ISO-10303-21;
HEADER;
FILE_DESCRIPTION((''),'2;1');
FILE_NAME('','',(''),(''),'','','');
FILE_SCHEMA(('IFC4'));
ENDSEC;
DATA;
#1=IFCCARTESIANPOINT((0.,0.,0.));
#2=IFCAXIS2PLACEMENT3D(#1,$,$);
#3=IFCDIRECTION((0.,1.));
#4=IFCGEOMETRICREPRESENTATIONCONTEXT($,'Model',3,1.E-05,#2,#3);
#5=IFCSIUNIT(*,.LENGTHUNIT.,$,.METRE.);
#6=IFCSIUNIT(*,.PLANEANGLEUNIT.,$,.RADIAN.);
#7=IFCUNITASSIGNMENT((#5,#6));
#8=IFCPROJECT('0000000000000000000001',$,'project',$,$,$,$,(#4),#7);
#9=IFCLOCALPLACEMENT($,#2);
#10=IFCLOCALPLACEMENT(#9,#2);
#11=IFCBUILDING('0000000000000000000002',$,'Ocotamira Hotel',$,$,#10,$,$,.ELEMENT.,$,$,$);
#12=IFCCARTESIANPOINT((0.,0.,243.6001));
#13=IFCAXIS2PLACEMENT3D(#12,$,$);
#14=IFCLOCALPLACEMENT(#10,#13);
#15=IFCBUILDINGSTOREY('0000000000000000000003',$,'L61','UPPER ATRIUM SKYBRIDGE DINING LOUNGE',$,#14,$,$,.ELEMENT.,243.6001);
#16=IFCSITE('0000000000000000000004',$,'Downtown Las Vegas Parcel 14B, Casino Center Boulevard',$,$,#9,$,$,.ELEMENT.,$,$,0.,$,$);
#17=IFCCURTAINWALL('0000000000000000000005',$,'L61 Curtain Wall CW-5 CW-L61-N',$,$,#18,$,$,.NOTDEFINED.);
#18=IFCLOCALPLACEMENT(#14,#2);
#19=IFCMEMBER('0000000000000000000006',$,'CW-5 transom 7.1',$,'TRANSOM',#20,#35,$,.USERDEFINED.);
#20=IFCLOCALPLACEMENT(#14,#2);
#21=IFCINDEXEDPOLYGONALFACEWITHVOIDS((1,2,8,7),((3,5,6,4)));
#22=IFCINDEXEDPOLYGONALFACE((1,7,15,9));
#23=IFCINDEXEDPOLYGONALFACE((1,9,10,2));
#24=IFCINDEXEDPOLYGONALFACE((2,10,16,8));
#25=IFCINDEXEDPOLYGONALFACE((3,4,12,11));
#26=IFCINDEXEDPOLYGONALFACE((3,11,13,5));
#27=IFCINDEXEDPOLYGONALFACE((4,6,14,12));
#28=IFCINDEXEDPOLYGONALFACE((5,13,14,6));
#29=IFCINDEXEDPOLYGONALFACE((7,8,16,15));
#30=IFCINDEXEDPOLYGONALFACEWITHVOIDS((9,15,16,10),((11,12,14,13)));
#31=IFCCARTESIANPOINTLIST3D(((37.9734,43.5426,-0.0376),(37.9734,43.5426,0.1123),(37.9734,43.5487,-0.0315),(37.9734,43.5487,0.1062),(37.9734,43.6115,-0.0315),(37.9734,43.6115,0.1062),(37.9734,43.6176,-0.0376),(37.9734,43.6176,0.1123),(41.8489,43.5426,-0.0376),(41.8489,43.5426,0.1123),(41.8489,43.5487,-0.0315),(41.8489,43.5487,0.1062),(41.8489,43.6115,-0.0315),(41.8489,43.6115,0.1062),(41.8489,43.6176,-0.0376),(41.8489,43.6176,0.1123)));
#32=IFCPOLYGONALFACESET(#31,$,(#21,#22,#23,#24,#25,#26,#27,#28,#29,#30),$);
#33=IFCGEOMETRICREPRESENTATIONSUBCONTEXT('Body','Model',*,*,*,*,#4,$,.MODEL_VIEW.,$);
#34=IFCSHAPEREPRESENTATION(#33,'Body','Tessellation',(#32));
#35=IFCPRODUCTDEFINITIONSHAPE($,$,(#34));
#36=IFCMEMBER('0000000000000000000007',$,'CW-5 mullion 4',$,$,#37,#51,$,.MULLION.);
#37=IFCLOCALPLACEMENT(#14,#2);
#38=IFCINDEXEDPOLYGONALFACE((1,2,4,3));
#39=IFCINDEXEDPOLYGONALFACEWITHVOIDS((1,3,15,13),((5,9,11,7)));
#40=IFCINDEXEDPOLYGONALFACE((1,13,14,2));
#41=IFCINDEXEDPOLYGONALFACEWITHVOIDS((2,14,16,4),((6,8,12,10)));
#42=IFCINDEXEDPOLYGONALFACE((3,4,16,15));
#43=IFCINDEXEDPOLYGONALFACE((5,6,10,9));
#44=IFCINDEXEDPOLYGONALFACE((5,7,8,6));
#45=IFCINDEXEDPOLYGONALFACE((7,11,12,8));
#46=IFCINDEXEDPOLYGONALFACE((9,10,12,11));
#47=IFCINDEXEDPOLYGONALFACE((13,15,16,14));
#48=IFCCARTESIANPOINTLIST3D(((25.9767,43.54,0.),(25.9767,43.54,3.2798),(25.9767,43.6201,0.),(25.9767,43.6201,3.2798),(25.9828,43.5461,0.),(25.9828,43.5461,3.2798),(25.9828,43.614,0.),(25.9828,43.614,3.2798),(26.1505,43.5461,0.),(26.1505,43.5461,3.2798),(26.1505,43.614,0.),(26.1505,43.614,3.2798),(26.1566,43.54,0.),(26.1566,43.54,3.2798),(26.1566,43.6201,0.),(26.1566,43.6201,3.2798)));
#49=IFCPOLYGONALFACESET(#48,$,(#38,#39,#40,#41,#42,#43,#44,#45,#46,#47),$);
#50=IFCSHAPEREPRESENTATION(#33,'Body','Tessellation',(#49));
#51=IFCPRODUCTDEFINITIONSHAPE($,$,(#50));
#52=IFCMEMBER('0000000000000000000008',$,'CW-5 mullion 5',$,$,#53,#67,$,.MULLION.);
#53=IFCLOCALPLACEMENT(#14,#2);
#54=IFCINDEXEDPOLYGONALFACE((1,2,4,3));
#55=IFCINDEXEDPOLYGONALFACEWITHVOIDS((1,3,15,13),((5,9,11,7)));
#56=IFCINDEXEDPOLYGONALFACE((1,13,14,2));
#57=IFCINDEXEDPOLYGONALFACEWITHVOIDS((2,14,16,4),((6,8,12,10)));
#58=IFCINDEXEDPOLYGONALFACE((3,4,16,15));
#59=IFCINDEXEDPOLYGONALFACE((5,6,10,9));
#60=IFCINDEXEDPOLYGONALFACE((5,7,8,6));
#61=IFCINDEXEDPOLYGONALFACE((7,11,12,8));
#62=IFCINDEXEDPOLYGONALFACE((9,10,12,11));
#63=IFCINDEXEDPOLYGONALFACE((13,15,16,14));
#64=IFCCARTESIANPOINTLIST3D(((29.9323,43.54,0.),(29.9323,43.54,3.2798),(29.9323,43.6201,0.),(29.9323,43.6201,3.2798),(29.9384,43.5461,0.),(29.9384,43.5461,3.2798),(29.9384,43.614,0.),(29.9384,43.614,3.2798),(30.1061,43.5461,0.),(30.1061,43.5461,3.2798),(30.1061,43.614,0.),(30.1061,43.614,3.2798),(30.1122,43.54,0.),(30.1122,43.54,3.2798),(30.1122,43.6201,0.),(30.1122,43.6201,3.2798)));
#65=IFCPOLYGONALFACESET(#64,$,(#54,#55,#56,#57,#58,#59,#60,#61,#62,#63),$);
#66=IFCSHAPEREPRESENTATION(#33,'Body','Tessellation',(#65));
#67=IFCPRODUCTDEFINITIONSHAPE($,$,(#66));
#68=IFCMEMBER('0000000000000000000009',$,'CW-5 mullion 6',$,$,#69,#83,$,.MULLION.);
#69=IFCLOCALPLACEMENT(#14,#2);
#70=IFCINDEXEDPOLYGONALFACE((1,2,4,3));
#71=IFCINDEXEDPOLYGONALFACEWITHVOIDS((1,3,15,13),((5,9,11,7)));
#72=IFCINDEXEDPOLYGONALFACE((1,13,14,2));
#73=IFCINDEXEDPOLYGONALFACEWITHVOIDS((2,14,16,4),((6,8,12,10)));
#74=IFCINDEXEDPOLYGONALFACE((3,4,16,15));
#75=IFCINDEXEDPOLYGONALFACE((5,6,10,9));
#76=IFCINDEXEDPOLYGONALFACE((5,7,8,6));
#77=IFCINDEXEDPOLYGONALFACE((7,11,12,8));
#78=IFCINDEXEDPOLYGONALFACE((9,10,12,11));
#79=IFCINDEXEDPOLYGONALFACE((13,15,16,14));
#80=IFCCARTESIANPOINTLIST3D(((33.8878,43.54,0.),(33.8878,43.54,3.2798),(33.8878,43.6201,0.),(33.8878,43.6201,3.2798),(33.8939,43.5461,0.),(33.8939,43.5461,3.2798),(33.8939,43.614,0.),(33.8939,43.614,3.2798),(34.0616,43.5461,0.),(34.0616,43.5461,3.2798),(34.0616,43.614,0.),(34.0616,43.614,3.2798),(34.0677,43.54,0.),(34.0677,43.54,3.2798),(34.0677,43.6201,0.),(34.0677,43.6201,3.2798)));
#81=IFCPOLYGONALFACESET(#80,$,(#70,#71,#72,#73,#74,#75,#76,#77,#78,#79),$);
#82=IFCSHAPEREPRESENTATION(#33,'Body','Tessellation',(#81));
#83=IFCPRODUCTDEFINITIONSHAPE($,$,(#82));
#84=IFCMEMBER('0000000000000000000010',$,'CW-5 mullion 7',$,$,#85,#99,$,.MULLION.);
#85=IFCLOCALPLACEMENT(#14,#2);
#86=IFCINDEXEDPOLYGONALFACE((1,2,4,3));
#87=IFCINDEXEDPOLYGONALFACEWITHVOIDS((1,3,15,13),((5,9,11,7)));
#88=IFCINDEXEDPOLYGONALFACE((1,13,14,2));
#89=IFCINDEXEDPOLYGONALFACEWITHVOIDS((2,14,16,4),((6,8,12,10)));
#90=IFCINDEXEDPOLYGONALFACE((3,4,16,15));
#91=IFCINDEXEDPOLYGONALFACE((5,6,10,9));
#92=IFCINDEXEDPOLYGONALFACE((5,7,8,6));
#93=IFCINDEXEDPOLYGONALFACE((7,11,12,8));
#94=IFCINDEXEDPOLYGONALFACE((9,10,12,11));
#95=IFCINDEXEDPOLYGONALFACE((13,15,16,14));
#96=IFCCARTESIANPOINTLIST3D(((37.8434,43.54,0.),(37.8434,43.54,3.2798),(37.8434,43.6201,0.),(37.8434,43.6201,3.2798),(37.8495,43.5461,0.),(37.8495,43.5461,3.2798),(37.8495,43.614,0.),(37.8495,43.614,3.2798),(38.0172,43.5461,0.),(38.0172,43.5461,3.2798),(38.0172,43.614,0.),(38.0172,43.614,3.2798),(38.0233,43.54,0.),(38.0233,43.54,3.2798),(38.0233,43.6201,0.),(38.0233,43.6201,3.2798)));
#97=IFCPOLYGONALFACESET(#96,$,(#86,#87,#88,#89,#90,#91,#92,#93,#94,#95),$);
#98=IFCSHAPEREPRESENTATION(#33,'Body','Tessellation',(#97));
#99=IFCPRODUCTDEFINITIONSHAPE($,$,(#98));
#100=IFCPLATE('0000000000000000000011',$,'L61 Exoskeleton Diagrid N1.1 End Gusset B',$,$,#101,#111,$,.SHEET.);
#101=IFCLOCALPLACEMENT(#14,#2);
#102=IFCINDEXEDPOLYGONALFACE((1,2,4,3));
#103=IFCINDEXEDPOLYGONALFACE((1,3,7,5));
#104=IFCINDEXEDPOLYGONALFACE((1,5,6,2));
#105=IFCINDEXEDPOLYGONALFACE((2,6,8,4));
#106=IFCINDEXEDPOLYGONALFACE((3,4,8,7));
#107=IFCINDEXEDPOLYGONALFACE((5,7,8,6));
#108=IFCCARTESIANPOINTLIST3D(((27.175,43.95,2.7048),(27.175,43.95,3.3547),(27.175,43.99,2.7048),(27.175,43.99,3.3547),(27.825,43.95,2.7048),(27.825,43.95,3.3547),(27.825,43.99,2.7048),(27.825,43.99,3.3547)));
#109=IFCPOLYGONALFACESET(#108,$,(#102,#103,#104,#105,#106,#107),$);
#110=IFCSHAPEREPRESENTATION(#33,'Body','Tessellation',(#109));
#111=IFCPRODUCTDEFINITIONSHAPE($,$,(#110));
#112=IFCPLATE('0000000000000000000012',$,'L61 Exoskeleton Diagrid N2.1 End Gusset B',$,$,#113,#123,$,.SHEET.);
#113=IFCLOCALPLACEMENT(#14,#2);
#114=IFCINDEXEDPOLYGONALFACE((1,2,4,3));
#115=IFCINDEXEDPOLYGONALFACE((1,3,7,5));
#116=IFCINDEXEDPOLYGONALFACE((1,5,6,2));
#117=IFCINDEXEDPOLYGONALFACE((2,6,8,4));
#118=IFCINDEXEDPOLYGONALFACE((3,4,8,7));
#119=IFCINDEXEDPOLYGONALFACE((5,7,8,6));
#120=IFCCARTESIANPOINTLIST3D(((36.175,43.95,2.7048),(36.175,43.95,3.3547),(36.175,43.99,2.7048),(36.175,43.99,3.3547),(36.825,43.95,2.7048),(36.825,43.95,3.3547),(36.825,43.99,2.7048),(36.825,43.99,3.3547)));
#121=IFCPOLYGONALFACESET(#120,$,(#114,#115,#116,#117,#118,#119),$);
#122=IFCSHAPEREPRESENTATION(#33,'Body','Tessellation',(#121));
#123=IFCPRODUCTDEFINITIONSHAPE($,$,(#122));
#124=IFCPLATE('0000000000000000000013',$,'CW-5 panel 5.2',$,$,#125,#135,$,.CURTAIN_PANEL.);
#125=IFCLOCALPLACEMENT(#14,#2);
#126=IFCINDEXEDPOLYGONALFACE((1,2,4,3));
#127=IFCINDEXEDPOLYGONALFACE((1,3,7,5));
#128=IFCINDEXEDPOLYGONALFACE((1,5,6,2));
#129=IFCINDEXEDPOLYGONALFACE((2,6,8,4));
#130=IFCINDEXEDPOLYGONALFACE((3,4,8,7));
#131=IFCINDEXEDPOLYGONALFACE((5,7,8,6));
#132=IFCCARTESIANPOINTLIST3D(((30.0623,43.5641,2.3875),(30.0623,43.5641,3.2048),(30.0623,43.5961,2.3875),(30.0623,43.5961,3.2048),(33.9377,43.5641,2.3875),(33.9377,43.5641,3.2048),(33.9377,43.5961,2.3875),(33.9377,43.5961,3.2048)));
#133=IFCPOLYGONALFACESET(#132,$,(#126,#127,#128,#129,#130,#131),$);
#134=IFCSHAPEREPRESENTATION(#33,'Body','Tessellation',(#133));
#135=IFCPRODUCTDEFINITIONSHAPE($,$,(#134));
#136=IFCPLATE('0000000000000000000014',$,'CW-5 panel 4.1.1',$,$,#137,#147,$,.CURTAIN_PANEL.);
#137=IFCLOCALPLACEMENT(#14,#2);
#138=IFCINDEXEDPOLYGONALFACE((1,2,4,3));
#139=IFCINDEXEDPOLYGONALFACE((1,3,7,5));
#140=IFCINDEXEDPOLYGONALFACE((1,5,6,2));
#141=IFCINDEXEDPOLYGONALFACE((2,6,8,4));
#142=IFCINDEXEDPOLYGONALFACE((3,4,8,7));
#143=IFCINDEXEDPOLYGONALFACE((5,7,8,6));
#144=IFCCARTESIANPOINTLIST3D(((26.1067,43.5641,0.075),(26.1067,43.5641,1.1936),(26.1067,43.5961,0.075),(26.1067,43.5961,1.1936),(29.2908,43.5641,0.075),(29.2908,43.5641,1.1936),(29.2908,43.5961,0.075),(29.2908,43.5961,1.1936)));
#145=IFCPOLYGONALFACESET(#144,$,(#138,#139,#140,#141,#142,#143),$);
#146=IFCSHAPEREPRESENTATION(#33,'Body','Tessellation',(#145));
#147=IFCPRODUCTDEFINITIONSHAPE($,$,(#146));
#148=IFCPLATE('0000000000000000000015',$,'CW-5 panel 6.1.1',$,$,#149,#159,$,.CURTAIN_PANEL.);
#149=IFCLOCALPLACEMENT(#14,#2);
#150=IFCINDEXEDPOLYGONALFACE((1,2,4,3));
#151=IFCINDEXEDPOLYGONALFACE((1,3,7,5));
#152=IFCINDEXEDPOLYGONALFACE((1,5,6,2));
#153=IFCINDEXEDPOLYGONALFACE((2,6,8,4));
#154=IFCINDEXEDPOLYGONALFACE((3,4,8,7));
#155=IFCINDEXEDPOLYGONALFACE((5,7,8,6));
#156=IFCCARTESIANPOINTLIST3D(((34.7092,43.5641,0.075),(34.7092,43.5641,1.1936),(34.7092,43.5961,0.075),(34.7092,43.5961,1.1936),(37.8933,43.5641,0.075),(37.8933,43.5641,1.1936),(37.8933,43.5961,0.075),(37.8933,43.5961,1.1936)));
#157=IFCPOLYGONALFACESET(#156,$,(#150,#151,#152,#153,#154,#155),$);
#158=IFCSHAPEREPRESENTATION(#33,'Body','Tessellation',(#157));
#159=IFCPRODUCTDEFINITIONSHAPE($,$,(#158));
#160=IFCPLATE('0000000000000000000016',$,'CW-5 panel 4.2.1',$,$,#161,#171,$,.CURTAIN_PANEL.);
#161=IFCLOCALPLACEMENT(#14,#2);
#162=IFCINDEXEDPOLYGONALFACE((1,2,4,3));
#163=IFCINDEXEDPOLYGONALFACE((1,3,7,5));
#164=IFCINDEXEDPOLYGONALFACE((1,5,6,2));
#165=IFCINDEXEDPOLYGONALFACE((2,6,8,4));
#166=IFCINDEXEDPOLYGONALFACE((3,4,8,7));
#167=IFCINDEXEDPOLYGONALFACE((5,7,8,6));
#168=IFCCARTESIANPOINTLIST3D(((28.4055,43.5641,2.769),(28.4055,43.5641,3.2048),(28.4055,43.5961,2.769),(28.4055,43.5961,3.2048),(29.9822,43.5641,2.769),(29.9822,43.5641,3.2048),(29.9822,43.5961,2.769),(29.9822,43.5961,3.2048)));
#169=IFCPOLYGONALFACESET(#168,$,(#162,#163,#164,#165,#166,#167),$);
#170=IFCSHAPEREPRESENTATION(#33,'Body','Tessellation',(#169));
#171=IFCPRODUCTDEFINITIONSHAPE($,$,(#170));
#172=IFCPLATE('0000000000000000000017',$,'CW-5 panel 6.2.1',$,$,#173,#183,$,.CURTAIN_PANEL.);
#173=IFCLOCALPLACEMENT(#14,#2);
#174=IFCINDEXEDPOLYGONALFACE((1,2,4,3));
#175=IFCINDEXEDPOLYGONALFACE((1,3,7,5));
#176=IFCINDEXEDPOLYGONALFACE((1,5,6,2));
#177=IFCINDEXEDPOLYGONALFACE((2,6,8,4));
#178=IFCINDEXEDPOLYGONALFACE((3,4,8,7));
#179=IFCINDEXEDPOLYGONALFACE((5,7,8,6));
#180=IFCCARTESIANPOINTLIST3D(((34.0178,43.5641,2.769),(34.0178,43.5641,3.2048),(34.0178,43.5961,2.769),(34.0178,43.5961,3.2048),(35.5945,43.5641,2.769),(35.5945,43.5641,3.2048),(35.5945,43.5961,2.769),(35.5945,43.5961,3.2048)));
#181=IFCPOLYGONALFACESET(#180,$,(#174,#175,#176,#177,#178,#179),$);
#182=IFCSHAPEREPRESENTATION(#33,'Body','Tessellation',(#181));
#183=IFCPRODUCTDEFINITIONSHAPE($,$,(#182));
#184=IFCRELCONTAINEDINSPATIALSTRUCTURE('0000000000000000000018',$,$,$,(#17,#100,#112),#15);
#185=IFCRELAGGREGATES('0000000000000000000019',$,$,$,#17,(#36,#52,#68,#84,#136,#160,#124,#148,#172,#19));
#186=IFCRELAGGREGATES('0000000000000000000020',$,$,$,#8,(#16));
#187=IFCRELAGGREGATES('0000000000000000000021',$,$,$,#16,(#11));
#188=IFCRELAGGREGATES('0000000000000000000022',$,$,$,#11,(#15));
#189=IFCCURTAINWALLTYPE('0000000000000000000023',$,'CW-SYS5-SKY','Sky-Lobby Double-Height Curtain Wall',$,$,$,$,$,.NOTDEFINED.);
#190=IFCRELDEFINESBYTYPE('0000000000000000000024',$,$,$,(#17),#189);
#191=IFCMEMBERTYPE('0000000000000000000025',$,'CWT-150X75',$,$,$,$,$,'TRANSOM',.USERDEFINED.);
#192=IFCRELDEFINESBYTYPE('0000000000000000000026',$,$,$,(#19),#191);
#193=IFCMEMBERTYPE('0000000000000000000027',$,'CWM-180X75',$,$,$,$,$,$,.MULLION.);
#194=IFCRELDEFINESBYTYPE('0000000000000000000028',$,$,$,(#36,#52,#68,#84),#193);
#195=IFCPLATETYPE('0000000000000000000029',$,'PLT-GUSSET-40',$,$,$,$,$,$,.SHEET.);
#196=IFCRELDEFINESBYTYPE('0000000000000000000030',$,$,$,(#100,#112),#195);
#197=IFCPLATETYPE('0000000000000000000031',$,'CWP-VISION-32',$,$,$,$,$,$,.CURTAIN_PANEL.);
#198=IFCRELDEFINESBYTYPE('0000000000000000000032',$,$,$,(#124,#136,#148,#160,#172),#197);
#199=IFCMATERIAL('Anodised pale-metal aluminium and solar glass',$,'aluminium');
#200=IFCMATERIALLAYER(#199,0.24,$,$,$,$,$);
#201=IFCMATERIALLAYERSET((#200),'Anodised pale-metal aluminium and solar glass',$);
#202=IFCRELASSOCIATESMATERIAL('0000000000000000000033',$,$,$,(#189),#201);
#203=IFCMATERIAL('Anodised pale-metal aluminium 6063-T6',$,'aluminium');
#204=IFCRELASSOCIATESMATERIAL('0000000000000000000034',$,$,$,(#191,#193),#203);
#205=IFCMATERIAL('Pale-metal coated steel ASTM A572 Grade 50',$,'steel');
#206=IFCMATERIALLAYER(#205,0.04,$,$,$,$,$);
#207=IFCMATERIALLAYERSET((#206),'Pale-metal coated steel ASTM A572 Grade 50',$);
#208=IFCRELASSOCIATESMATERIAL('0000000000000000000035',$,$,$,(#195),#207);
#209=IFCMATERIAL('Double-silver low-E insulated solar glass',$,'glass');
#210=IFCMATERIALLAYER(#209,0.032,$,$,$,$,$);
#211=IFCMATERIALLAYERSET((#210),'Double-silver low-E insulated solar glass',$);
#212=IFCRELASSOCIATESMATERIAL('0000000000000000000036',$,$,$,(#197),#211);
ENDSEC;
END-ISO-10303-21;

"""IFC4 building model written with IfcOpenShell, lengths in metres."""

from ifc_helpers import new_model, si_unit, direction, frame, origin, origin_2d, place, context, subcontext, project, spatial, rectangle, hollow_rectangle, extrude, source, transform, mapped, material, layer, layer_set, material_profile, profile_set, type_object, element, aggregate, save


model = new_model("IFC4")

# Units and contexts
model_context = context("Model", 3, precision=1e-05, world=origin(), true_north=direction((0.0, 1.0)))
body_context = subcontext(model_context, "Body", "Model", "MODEL_VIEW")
ifc_project = project(units=[si_unit("LENGTHUNIT", "METRE"), si_unit("PLANEANGLEUNIT", "RADIAN")], contexts=[model_context])

# Site, building, storey
site_placement = place(None, origin())
site = spatial("IfcSite", under=ifc_project, at=site_placement, Name="Downtown Las Vegas Parcel 14B, Casino Center Boulevard", CompositionType="ELEMENT", RefElevation=0.0)
building_placement = place(site_placement, origin())
building = spatial("IfcBuilding", under=site, at=building_placement, Name="Ocotamira Hotel", CompositionType="ELEMENT")
storey_placement = place(building_placement, frame((0.0, 0.0, 243.6001)))
storey = spatial("IfcBuildingStorey", under=building, at=storey_placement, Name="L61", Description="UPPER ATRIUM SKYBRIDGE DINING LOUNGE", CompositionType="ELEMENT", Elevation=243.6001)

# Curtain wall, members
ifc_material_1 = material(Name="Anodised pale-metal aluminium and solar glass", Category="aluminium")
ifc_layer_1 = layer(ifc_material_1, 0.24)
ifc_layer_set_1 = layer_set([ifc_layer_1], Name="Anodised pale-metal aluminium and solar glass")
curtain_wall_type = type_object("IfcCurtainWallType", Name="CW-SYS5-SKY", Description="Sky-Lobby Double-Height Curtain Wall", PredefinedType="NOTDEFINED", material=ifc_layer_set_1)
curtain_wall_placement = place(storey_placement, origin())
curtain_wall = element("IfcCurtainWall", 1, at=curtain_wall_placement, inside=storey, type_object=curtain_wall_type, Name="L61 Curtain Wall CW-5 CW-L61-N", PredefinedType="NOTDEFINED")
ifc_material_2 = material(Name="Anodised pale-metal aluminium 6063-T6", Category="aluminium")
ifc_material_profile_1 = material_profile(ifc_material_2, hollow_rectangle(XDim=0.075, YDim=0.1499, WallThickness=0.0061, at=origin_2d()), Name="HSS150X75X6")
ifc_profile_set_1 = profile_set([ifc_material_profile_1], Name="Anodised pale-metal aluminium 6063-T6")
member_type_1 = type_object("IfcMemberType", Name="CWT-150X75", ElementType="TRANSOM", PredefinedType="USERDEFINED", material=ifc_profile_set_1)
shared_shape_1 = source(origin(), body_context, "Body", "SweptSolid", [
    extrude(hollow_rectangle(XDim=0.075, YDim=0.1499, WallThickness=0.0061, at=origin_2d()), origin(), (0.0, 0.0, 1.0), 3.8755),
])
member_1_placement = place(storey_placement, frame((37.9734, 43.5801, 0.0374), z_axis=(1.0, 0.0, 0.0), x_axis=(0.0, 1.0, 0.0)))
member_1 = element("IfcMember", 2, at=member_1_placement, type_object=member_type_1, Name="CW-5 transom 7.1", ObjectType="TRANSOM", PredefinedType="USERDEFINED", context=body_context, shape_type="MappedRepresentation", body=[
    mapped(shared_shape_1, transform((0.0, 0.0, 0.0), scale=1.0)),
])
ifc_material_profile_2 = material_profile(ifc_material_2, hollow_rectangle(XDim=0.0801, YDim=0.1799, WallThickness=0.0061, at=origin_2d()), Name="HSS180X80X6")
ifc_profile_set_2 = profile_set([ifc_material_profile_2], Name="Anodised pale-metal aluminium 6063-T6")
member_type_2 = type_object("IfcMemberType", Name="CWM-180X75", PredefinedType="MULLION", material=ifc_profile_set_2)
shared_shape_2 = source(origin(), body_context, "Body", "SweptSolid", [
    extrude(hollow_rectangle(XDim=0.0801, YDim=0.1799, WallThickness=0.0061, at=origin_2d()), origin(), (0.0, 0.0, 1.0), 3.2798),
])
member_2_placement = place(storey_placement, frame((26.0667, 43.5801, 0.0), z_axis=(0.0, 0.0, 1.0), x_axis=(0.0, 1.0, 0.0)))
member_2 = element("IfcMember", 3, at=member_2_placement, type_object=member_type_2, Name="CW-5 mullion 4", PredefinedType="MULLION", context=body_context, shape_type="MappedRepresentation", body=[
    mapped(shared_shape_2, transform((0.0, 0.0, 0.0), scale=1.0)),
])
member_3_placement = place(storey_placement, frame((30.0222, 43.5801, 0.0), z_axis=(0.0, 0.0, 1.0), x_axis=(0.0, 1.0, 0.0)))
member_3 = element("IfcMember", 4, at=member_3_placement, type_object=member_type_2, Name="CW-5 mullion 5", PredefinedType="MULLION", context=body_context, shape_type="MappedRepresentation", body=[
    mapped(shared_shape_2, transform((0.0, 0.0, 0.0), scale=1.0)),
])
member_4_placement = place(storey_placement, frame((33.9778, 43.5801, 0.0), z_axis=(0.0, 0.0, 1.0), x_axis=(0.0, 1.0, 0.0)))
member_4 = element("IfcMember", 5, at=member_4_placement, type_object=member_type_2, Name="CW-5 mullion 6", PredefinedType="MULLION", context=body_context, shape_type="MappedRepresentation", body=[
    mapped(shared_shape_2, transform((0.0, 0.0, 0.0), scale=1.0)),
])
member_5_placement = place(storey_placement, frame((37.9333, 43.5801, 0.0), z_axis=(0.0, 0.0, 1.0), x_axis=(0.0, 1.0, 0.0)))
member_5 = element("IfcMember", 6, at=member_5_placement, type_object=member_type_2, Name="CW-5 mullion 7", PredefinedType="MULLION", context=body_context, shape_type="MappedRepresentation", body=[
    mapped(shared_shape_2, transform((0.0, 0.0, 0.0), scale=1.0)),
])

# Plates
ifc_material_3 = material(Name="Pale-metal coated steel ASTM A572 Grade 50", Category="steel")
ifc_layer_2 = layer(ifc_material_3, 0.04)
ifc_layer_set_2 = layer_set([ifc_layer_2], Name="Pale-metal coated steel ASTM A572 Grade 50")
plate_type_1 = type_object("IfcPlateType", Name="PLT-GUSSET-40", PredefinedType="SHEET", material=ifc_layer_set_2)
shared_shape_3 = source(origin(), body_context, "Body", "SweptSolid", [
    extrude(rectangle(XDim=0.6499, YDim=0.04, at=origin_2d()), origin(), (0.0, 0.0, 1.0), 0.6499),
])
for number, where, z_axis, x_axis, name in (
    (7, (27.5, 43.97, 2.7048), (0.0, 0.0, 1.0), (1.0, 0.0, 0.0), "L61 Exoskeleton Diagrid N1.1 End Gusset B"),
    (8, (36.5, 43.97, 2.7048), (0.0, 0.0, 1.0), (1.0, 0.0, 0.0), "L61 Exoskeleton Diagrid N2.1 End Gusset B"),
):
    element("IfcPlate", number, at=place(storey_placement, frame(where, z_axis=z_axis, x_axis=x_axis)), inside=storey, type_object=plate_type_1, Name=name, PredefinedType="SHEET", context=body_context, shape_type="MappedRepresentation", body=[
        mapped(shared_shape_3, transform((0.0, 0.0, 0.0), scale=1.0)),
    ])

# Plates
ifc_material_4 = material(Name="Double-silver low-E insulated solar glass", Category="glass")
ifc_layer_3 = layer(ifc_material_4, 0.032)
ifc_layer_set_3 = layer_set([ifc_layer_3], Name="Double-silver low-E insulated solar glass")
plate_type_2 = type_object("IfcPlateType", Name="CWP-VISION-32", PredefinedType="CURTAIN_PANEL", material=ifc_layer_set_3)
shared_shape_4 = source(origin(), body_context, "Body", "SweptSolid", [
    extrude(rectangle(XDim=3.8755, YDim=0.032, at=origin_2d()), origin(), (0.0, 0.0, 1.0), 0.8174),
])
plate_1_placement = place(storey_placement, frame((32.0, 43.5801, 2.3875), z_axis=(0.0, 0.0, 1.0), x_axis=(1.0, 0.0, 0.0)))
plate_1 = element("IfcPlate", 9, at=plate_1_placement, type_object=plate_type_2, Name="CW-5 panel 5.2", PredefinedType="CURTAIN_PANEL", context=body_context, shape_type="MappedRepresentation", body=[
    mapped(shared_shape_4, transform((0.0, 0.0, 0.0), scale=1.0)),
])
shared_shape_5 = source(origin(), body_context, "Body", "SweptSolid", [
    extrude(rectangle(XDim=3.1841, YDim=0.032, at=origin_2d()), origin(), (0.0, 0.0, 1.0), 1.1187),
])
plate_2_placement = place(storey_placement, frame((27.6987, 43.5801, 0.075), z_axis=(0.0, 0.0, 1.0), x_axis=(1.0, 0.0, 0.0)))
plate_2 = element("IfcPlate", 10, at=plate_2_placement, type_object=plate_type_2, Name="CW-5 panel 4.1.1", PredefinedType="CURTAIN_PANEL", context=body_context, shape_type="MappedRepresentation", body=[
    mapped(shared_shape_5, transform((0.0, 0.0, 0.0), scale=1.0)),
])
plate_3_placement = place(storey_placement, frame((36.3013, 43.5801, 0.075), z_axis=(0.0, 0.0, 1.0), x_axis=(1.0, 0.0, 0.0)))
plate_3 = element("IfcPlate", 11, at=plate_3_placement, type_object=plate_type_2, Name="CW-5 panel 6.1.1", PredefinedType="CURTAIN_PANEL", context=body_context, shape_type="MappedRepresentation", body=[
    mapped(shared_shape_5, transform((0.0, 0.0, 0.0), scale=1.0)),
])
shared_shape_6 = source(origin(), body_context, "Body", "SweptSolid", [
    extrude(rectangle(XDim=1.5767, YDim=0.032, at=origin_2d()), origin(), (0.0, 0.0, 1.0), 0.4358),
])
plate_4_placement = place(storey_placement, frame((29.1938, 43.5801, 2.769), z_axis=(0.0, 0.0, 1.0), x_axis=(1.0, 0.0, 0.0)))
plate_4 = element("IfcPlate", 12, at=plate_4_placement, type_object=plate_type_2, Name="CW-5 panel 4.2.1", PredefinedType="CURTAIN_PANEL", context=body_context, shape_type="MappedRepresentation", body=[
    mapped(shared_shape_6, transform((0.0, 0.0, 0.0), scale=1.0)),
])
plate_5_placement = place(storey_placement, frame((34.8062, 43.5801, 2.769), z_axis=(0.0, 0.0, 1.0), x_axis=(1.0, 0.0, 0.0)))
plate_5 = element("IfcPlate", 13, at=plate_5_placement, type_object=plate_type_2, Name="CW-5 panel 6.2.1", PredefinedType="CURTAIN_PANEL", context=body_context, shape_type="MappedRepresentation", body=[
    mapped(shared_shape_6, transform((0.0, 0.0, 0.0), scale=1.0)),
])
aggregate(curtain_wall, [member_2, member_3, member_4, member_5, plate_2, plate_4, plate_1, plate_3, plate_5, member_1])

save(model, "model.ifc")
